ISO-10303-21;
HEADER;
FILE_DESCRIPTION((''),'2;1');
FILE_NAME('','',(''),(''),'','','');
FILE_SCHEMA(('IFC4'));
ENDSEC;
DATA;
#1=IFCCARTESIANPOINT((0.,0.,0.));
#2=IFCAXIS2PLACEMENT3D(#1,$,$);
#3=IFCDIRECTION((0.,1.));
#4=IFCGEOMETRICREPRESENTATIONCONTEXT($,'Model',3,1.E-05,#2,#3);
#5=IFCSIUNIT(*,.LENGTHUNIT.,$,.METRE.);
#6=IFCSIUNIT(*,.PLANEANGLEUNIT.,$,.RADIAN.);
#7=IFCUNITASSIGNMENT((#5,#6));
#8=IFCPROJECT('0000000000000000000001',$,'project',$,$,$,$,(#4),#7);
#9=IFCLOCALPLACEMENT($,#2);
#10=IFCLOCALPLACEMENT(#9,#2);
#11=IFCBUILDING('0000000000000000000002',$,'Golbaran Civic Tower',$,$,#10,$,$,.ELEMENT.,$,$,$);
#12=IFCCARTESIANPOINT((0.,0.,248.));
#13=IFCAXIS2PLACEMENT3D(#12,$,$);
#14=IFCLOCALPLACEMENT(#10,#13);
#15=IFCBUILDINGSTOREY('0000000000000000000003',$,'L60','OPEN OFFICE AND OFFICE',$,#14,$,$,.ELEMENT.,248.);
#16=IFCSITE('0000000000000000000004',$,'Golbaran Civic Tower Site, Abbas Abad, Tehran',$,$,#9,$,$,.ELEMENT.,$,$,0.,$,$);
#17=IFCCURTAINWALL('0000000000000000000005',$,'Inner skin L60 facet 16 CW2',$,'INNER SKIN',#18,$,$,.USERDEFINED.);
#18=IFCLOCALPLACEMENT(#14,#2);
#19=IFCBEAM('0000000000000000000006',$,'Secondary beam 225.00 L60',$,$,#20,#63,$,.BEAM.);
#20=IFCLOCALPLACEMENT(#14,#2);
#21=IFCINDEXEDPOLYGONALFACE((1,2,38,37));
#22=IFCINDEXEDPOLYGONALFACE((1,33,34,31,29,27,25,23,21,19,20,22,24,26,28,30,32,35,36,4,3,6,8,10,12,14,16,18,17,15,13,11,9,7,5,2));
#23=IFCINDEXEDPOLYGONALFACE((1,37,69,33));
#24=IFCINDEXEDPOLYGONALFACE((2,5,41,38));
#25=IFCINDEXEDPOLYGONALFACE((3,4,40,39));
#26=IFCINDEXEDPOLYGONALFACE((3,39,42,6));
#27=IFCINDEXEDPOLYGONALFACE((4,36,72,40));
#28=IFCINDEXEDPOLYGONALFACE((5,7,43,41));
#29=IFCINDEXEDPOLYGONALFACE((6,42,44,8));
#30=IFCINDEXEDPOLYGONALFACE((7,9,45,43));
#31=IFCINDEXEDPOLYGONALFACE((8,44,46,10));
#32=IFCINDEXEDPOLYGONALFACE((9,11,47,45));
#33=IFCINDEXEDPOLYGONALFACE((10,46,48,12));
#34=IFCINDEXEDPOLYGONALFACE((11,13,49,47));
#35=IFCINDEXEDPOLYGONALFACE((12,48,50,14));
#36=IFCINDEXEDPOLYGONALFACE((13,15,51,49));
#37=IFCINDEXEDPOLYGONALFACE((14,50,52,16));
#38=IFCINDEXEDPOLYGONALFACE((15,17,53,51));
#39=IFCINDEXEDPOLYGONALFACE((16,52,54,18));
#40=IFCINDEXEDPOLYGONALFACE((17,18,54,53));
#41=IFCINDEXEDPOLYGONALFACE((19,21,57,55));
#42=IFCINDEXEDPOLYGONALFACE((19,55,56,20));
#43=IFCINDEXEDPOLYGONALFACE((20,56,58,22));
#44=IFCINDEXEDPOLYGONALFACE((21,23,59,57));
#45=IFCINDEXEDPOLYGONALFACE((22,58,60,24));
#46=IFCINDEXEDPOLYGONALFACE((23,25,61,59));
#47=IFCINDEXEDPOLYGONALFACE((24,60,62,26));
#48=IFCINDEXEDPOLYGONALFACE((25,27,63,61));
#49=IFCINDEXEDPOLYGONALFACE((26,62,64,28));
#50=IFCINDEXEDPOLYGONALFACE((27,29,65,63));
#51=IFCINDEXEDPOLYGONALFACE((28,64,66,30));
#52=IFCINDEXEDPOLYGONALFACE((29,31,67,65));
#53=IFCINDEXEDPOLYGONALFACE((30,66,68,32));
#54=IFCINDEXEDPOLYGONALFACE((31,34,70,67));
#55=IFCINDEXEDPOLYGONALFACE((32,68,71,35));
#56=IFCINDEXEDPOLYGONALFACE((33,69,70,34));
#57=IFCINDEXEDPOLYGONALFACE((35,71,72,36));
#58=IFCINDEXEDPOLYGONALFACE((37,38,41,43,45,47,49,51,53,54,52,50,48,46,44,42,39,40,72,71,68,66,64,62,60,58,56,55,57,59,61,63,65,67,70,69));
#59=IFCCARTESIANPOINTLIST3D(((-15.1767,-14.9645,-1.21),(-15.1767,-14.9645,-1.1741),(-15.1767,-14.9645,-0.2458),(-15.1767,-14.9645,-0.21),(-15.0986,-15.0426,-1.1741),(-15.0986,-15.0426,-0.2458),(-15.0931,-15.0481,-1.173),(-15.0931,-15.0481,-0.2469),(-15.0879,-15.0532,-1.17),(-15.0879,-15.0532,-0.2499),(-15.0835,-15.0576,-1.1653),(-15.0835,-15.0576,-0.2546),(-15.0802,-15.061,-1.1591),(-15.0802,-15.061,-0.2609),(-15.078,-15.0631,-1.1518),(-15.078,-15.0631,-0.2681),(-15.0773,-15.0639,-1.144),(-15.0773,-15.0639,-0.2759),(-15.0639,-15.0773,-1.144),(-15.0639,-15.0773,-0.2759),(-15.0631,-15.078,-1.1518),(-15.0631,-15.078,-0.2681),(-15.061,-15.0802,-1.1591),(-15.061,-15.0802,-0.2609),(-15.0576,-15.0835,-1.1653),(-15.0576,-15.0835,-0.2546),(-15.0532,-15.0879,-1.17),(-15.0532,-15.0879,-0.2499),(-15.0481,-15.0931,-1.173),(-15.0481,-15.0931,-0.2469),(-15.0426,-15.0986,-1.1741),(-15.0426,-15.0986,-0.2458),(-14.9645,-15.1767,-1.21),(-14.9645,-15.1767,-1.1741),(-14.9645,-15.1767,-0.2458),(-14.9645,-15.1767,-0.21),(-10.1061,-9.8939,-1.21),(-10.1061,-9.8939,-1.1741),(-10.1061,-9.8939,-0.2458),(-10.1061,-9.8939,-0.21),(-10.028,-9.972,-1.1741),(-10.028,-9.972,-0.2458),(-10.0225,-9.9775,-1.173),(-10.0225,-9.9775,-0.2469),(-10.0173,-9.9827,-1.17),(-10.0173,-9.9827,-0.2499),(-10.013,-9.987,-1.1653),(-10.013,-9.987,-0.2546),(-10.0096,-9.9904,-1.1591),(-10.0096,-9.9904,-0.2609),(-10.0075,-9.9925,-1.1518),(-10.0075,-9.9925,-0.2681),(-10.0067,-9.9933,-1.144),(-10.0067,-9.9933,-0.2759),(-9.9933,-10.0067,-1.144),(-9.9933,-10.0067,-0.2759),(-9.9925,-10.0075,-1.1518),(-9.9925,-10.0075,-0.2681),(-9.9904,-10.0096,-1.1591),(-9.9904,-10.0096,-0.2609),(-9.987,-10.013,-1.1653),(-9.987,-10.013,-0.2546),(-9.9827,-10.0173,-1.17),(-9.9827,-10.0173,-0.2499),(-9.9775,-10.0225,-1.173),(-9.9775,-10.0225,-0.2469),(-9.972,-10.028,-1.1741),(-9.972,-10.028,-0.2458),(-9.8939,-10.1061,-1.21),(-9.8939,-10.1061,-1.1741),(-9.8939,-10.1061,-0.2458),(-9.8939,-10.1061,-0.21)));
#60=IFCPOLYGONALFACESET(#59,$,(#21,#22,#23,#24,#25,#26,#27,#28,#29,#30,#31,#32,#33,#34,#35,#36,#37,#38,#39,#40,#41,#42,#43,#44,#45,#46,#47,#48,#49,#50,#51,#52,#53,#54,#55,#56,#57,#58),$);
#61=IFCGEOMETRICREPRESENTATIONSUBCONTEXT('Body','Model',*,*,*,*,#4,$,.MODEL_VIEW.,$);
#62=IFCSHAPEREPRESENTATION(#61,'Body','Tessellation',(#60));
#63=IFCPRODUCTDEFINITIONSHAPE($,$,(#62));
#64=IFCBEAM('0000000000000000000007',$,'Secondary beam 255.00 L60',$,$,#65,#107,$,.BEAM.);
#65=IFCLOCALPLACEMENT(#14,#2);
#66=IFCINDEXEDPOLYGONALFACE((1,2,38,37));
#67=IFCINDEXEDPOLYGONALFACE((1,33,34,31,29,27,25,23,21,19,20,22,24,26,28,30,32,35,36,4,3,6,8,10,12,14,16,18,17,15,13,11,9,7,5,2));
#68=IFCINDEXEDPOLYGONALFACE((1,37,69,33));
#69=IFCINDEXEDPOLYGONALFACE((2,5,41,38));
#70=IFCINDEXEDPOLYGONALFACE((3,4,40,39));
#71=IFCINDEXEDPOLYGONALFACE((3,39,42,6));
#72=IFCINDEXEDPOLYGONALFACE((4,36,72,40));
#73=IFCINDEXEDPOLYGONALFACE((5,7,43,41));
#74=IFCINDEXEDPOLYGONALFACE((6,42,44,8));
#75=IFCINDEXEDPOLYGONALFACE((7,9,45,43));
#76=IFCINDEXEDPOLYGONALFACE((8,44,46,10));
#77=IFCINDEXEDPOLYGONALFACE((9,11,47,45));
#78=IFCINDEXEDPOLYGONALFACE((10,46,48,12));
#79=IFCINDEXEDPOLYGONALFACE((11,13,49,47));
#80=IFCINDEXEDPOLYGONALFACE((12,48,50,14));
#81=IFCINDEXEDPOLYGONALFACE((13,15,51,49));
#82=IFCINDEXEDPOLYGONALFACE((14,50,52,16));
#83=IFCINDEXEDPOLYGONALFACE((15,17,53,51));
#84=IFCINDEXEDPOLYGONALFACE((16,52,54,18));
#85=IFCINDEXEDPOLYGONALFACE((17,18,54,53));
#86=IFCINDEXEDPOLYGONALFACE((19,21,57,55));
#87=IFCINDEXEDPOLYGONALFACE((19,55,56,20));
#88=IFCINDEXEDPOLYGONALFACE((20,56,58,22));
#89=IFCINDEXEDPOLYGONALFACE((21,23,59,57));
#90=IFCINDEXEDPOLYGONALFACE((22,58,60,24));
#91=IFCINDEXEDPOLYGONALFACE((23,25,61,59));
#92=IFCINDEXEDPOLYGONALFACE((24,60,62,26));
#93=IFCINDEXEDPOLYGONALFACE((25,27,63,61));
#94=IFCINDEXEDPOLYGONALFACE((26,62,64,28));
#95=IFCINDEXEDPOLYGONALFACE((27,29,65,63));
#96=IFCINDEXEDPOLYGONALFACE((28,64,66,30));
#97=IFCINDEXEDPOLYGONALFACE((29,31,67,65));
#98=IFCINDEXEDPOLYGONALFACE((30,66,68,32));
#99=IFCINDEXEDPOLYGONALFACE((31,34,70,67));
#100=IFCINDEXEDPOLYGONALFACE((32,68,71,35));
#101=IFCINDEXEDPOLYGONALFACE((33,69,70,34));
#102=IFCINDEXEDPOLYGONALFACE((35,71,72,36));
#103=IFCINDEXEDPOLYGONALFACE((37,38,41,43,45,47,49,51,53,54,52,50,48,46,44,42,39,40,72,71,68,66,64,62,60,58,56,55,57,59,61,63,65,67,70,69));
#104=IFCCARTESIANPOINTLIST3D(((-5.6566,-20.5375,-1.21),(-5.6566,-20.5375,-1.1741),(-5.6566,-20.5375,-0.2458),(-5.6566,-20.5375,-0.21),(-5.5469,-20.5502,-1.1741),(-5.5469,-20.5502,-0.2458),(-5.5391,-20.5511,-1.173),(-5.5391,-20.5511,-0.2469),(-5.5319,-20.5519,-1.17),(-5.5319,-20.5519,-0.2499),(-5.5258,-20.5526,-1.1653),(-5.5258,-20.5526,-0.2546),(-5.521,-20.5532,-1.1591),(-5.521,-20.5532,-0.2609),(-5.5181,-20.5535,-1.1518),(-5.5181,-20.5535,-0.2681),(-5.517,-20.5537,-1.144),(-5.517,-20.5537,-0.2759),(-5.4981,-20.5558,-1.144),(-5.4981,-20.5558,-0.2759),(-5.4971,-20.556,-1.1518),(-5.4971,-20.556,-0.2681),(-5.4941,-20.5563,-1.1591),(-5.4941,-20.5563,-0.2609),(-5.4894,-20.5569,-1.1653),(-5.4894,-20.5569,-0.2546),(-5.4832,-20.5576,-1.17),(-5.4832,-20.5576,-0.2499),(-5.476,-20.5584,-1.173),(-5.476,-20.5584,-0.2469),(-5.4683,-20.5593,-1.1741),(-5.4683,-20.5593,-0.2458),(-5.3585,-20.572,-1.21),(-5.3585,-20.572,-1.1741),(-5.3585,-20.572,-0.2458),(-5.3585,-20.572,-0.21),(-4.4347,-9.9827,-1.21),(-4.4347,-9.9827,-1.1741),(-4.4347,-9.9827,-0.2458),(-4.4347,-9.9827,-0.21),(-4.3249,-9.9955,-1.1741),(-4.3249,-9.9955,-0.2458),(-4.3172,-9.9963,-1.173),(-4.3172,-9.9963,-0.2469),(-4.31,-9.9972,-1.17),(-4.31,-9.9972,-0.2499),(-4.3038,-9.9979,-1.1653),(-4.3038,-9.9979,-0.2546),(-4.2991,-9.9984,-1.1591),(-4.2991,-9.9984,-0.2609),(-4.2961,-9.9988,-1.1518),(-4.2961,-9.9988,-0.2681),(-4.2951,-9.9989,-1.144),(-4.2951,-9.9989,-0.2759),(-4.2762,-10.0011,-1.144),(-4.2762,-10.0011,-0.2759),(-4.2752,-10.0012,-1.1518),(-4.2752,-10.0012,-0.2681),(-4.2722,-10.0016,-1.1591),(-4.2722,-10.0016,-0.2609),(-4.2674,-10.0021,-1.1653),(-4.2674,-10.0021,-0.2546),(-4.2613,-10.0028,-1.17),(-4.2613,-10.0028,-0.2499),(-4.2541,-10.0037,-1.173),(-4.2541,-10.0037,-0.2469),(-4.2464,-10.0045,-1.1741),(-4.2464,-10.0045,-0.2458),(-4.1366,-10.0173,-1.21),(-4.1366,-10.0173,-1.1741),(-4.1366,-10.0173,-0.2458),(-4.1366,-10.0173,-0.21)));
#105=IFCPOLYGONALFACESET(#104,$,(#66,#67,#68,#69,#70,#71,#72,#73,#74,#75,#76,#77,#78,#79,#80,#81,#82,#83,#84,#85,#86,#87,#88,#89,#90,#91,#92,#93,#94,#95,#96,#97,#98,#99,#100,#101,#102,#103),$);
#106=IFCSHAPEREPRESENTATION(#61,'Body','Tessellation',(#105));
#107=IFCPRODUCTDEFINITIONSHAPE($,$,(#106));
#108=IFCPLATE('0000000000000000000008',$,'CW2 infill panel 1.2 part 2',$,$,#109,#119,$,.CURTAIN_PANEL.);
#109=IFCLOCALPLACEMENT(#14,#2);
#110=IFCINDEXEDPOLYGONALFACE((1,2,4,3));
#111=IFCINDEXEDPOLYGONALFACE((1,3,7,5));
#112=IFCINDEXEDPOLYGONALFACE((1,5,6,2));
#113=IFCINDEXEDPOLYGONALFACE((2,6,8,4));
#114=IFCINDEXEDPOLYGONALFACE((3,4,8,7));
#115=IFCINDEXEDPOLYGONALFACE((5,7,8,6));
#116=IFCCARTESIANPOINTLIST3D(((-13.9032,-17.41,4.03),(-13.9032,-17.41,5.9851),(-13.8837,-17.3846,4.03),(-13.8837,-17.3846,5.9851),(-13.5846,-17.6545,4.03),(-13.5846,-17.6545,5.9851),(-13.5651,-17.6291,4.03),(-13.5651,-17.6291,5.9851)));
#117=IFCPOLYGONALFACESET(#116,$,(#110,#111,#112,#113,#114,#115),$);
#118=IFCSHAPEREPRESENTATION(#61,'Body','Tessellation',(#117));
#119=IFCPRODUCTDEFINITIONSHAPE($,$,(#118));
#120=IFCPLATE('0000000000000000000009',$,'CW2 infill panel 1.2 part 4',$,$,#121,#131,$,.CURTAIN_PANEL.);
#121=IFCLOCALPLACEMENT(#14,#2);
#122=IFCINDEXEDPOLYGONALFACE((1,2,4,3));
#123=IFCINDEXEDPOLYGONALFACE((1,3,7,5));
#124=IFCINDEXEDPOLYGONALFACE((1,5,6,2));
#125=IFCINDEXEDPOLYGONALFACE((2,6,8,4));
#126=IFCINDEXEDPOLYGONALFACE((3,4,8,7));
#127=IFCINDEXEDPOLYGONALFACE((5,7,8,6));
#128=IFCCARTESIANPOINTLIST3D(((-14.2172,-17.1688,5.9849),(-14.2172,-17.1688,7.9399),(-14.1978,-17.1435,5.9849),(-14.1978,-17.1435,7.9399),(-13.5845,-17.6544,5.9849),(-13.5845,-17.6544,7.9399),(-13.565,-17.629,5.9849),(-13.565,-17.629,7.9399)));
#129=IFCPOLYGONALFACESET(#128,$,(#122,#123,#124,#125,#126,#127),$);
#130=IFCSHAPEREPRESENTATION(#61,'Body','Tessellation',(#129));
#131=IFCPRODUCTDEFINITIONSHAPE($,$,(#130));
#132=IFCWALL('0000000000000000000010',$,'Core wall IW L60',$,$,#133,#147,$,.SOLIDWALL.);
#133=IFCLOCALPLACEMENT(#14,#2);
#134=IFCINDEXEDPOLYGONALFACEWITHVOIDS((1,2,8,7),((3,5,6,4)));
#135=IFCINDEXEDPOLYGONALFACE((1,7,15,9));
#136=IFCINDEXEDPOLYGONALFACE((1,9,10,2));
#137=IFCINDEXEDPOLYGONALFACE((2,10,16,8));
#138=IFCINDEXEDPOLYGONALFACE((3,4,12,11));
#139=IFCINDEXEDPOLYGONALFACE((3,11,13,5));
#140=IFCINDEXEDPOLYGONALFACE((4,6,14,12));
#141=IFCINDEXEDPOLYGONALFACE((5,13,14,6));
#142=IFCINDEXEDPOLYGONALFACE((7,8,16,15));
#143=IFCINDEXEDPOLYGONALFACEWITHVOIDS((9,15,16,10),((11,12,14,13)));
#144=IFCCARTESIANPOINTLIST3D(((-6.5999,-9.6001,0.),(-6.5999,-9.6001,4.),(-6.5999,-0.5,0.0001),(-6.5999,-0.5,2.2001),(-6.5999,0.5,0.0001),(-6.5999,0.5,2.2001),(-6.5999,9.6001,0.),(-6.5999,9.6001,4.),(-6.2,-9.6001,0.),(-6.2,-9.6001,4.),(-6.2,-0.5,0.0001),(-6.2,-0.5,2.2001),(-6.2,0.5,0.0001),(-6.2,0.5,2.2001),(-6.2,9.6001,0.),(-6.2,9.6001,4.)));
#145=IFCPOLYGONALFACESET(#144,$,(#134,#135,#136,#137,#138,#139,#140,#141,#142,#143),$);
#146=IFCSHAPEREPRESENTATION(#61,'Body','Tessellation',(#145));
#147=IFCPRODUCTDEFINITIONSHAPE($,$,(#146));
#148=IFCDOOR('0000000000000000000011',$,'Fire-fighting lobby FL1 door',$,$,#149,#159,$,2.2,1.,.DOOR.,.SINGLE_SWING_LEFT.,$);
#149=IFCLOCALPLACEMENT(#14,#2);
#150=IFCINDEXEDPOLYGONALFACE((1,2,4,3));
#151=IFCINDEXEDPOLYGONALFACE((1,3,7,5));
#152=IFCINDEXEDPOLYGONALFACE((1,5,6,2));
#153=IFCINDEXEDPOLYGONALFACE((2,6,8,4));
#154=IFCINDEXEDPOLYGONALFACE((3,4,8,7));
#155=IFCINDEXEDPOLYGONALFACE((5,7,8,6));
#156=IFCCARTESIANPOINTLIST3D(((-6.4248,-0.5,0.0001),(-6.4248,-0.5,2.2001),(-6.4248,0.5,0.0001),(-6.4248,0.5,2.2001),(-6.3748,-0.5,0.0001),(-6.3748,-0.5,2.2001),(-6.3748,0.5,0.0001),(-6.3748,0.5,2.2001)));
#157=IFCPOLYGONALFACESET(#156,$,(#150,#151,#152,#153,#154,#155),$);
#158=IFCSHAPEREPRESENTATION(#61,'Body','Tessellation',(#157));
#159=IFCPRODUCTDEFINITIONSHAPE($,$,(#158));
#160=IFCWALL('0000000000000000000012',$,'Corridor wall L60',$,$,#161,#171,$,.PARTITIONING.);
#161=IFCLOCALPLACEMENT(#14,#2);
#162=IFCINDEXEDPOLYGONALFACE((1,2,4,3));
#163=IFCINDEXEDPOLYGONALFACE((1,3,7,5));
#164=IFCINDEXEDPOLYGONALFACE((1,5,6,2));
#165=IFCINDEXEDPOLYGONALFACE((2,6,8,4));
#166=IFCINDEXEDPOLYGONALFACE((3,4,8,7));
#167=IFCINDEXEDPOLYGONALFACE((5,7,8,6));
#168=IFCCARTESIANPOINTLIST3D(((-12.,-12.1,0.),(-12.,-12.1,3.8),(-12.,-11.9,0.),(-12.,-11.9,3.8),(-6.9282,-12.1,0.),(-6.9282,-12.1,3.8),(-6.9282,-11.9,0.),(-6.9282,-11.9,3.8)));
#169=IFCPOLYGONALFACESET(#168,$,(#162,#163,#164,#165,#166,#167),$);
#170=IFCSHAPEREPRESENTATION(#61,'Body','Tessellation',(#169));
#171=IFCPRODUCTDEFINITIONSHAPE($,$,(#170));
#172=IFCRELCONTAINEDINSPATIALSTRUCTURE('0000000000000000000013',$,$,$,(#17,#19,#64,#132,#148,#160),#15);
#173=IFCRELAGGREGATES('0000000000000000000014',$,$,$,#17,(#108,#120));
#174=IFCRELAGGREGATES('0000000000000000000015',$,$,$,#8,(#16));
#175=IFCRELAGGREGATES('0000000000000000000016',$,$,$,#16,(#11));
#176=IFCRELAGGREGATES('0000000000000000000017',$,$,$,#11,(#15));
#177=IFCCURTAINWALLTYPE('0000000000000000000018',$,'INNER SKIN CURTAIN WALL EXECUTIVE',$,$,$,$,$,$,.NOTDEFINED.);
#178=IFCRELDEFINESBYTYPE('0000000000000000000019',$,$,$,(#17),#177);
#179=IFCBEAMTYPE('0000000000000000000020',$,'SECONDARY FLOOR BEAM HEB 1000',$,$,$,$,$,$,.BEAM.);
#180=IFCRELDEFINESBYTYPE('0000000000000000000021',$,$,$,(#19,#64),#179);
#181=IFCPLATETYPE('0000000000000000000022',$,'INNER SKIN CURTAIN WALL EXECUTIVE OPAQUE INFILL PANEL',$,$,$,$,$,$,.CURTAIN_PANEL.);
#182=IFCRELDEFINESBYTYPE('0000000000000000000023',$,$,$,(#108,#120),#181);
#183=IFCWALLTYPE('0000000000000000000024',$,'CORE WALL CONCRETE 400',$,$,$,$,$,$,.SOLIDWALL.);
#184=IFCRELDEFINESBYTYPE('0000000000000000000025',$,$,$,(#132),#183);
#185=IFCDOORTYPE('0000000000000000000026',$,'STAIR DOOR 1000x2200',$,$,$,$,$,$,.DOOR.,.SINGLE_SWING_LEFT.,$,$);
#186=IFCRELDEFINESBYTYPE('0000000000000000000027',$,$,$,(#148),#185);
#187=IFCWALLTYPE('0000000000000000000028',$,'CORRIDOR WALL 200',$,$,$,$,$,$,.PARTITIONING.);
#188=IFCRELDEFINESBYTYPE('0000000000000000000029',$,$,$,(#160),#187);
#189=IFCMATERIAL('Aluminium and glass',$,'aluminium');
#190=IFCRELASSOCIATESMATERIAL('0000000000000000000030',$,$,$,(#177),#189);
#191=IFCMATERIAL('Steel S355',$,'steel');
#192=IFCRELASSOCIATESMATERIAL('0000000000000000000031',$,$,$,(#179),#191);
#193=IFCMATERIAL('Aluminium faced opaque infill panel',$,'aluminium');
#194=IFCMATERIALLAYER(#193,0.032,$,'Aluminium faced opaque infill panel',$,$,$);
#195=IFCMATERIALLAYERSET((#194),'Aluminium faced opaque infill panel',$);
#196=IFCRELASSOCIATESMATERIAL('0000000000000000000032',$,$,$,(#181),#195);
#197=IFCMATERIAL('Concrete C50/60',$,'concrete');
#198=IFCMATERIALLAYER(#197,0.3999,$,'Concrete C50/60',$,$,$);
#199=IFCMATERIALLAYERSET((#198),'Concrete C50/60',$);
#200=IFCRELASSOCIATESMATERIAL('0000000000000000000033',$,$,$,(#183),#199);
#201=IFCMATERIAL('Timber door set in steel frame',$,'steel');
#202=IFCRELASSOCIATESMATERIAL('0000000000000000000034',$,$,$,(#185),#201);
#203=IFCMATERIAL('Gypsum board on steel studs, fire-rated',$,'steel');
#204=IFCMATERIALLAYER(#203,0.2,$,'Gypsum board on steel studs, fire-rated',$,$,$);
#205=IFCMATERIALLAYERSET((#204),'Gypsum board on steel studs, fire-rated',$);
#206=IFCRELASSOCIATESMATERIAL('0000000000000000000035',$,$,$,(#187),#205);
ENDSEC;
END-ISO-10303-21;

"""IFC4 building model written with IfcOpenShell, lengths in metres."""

from ifc_helpers import new_model, si_unit, direction, frame, frame_2d, origin, origin_2d, place, context, subcontext, project, spatial, rectangle, i_section, extrude, material, layer, layer_set, material_profile, profile_set, type_object, element, fill, aggregate, save


model = new_model("IFC4")

# Units and contexts
model_context = context("Model", 3, precision=1e-05, world=origin(), true_north=direction((0.0, 1.0)))
body_context = subcontext(model_context, "Body", "Model", "MODEL_VIEW")
ifc_project = project(units=[si_unit("LENGTHUNIT", "METRE"), si_unit("PLANEANGLEUNIT", "RADIAN")], contexts=[model_context])

# Site, building, storey
site_placement = place(None, origin())
site = spatial("IfcSite", under=ifc_project, at=site_placement, Name="Golbaran Civic Tower Site, Abbas Abad, Tehran", CompositionType="ELEMENT", RefElevation=0.0)
building_placement = place(site_placement, origin())
building = spatial("IfcBuilding", under=site, at=building_placement, Name="Golbaran Civic Tower", CompositionType="ELEMENT")
storey_placement = place(building_placement, frame((0.0, 0.0, 248.0)))
storey = spatial("IfcBuildingStorey", under=building, at=storey_placement, Name="L60", Description="OPEN OFFICE AND OFFICE", CompositionType="ELEMENT", Elevation=248.0)

# Shared definitions
ifc_material_1 = material(Name="Steel S355", Category="steel")

# Curtain wall
ifc_material_2 = material(Name="Aluminium and glass", Category="aluminium")
curtain_wall_type = type_object("IfcCurtainWallType", Name="INNER SKIN CURTAIN WALL EXECUTIVE", PredefinedType="NOTDEFINED", material=ifc_material_2)
curtain_wall_placement = place(storey_placement, origin())
curtain_wall = element("IfcCurtainWall", 1, at=curtain_wall_placement, inside=storey, type_object=curtain_wall_type, Name="Inner skin L60 facet 16 CW2", ObjectType="INNER SKIN", PredefinedType="USERDEFINED")

# Beams
ifc_material_profile_1 = material_profile(ifc_material_1, i_section(OverallWidth=0.3, OverallDepth=1.0, WebThickness=0.019, FlangeThickness=0.0359, FilletRadius=0.03, at=origin_2d()), Name="HEB 1000")
ifc_profile_set_1 = profile_set([ifc_material_profile_1], Name="Steel S355")
beam_type_1 = type_object("IfcBeamType", Name="SECONDARY FLOOR BEAM HEB 1000", PredefinedType="BEAM", material=ifc_profile_set_1)
beam_1_placement = place(storey_placement, frame((-10.0, -10.0, -0.71), z_axis=(-0.707107, -0.707107, 0.0), x_axis=(0.707107, -0.707107, 0.0)))
element("IfcBeam", 2, at=beam_1_placement, inside=storey, type_object=beam_type_1, Name="Secondary beam 225.00 L60", PredefinedType="BEAM", context=body_context, shape_type="SweptSolid", body=[
    extrude(i_section(OverallWidth=0.3, OverallDepth=1.0, WebThickness=0.019, FlangeThickness=0.0359, FilletRadius=0.03, at=origin_2d()), origin(), (0.0, 0.0, 1.0), 7.1709),
])
beam_2_placement = place(storey_placement, frame((-4.2856, -10.0, -0.71), z_axis=(-0.115003, -0.993365, 0.0), x_axis=(0.993365, -0.115003, 0.0)))
element("IfcBeam", 3, at=beam_2_placement, inside=storey, type_object=beam_type_1, Name="Secondary beam 255.00 L60", PredefinedType="BEAM", context=body_context, shape_type="SweptSolid", body=[
    extrude(i_section(OverallWidth=0.3, OverallDepth=1.0, WebThickness=0.019, FlangeThickness=0.0359, FilletRadius=0.03, at=origin_2d()), origin(), (0.0, 0.0, 1.0), 10.6252),
])

# Plates
ifc_material_3 = material(Name="Aluminium faced opaque infill panel", Category="aluminium")
ifc_layer_1 = layer(ifc_material_3, 0.032, Name="Aluminium faced opaque infill panel")
ifc_layer_set_1 = layer_set([ifc_layer_1], Name="Aluminium faced opaque infill panel")
plate_type = type_object("IfcPlateType", Name="INNER SKIN CURTAIN WALL EXECUTIVE OPAQUE INFILL PANEL", PredefinedType="CURTAIN_PANEL", material=ifc_layer_set_1)
plate_1_placement = place(storey_placement, frame((-13.7341, -17.5195, 4.03), z_axis=(0.0, 0.0, 1.0), x_axis=(0.793353, -0.608761, 0.0)))
plate_1 = element("IfcPlate", 4, at=plate_1_placement, type_object=plate_type, Name="CW2 infill panel 1.2 part 2", PredefinedType="CURTAIN_PANEL", context=body_context, shape_type="SweptSolid", body=[
    extrude(rectangle(XDim=0.4016, YDim=0.032, at=origin_2d()), origin(), (0.0, 0.0, 1.0), 1.9551),
])
plate_2_placement = place(storey_placement, frame((-13.8911, -17.3989, 5.9849), z_axis=(0.0, 0.0, 1.0), x_axis=(0.793353, -0.608761, 0.0)))
plate_2 = element("IfcPlate", 5, at=plate_2_placement, type_object=plate_type, Name="CW2 infill panel 1.2 part 4", PredefinedType="CURTAIN_PANEL", context=body_context, shape_type="SweptSolid", body=[
    extrude(rectangle(XDim=0.7976, YDim=0.032, at=origin_2d()), origin(), (0.0, 0.0, 1.0), 1.9551),
])
aggregate(curtain_wall, [plate_1, plate_2])

# Wall, opening, door
ifc_material_4 = material(Name="Concrete C50/60", Category="concrete")
ifc_layer_2 = layer(ifc_material_4, 0.3999, Name="Concrete C50/60")
ifc_layer_set_2 = layer_set([ifc_layer_2], Name="Concrete C50/60")
wall_type_1 = type_object("IfcWallType", Name="CORE WALL CONCRETE 400", PredefinedType="SOLIDWALL", material=ifc_layer_set_2)
wall_1_placement = place(storey_placement, frame((-6.3999, -9.6001, 0.0), z_axis=(0.0, 0.0, 1.0), x_axis=(0.0, 1.0, 0.0)))
wall_1 = element("IfcWall", 6, at=wall_1_placement, inside=storey, type_object=wall_type_1, Name="Core wall IW L60", PredefinedType="SOLIDWALL", context=body_context, shape_type="SweptSolid", body=[
    extrude(rectangle(XDim=19.2002, YDim=0.3999, at=frame_2d((9.6001, 0.0))), origin(), (0.0, 0.0, 1.0), 4.0),
])
opening_1_placement = place(wall_1_placement, frame((9.1001, 0.0, 0.0)))
opening_1 = element("IfcOpeningElement", 7, at=opening_1_placement, cuts=wall_1, PredefinedType="OPENING", context=body_context, shape_type="SweptSolid", body=[
    extrude(rectangle(XDim=1.0, YDim=2.2, at=frame_2d((0.5, 1.1001))), frame((0.0, 0.21, 0.0), z_axis=(0.0, -1.0, 0.0), x_axis=(1.0, 0.0, 0.0)), (0.0, 0.0, 1.0), 0.4199),
])
ifc_material_5 = material(Name="Timber door set in steel frame", Category="steel")
door_type_1 = type_object("IfcDoorType", Name="STAIR DOOR 1000x2200", OperationType="SINGLE_SWING_LEFT", PredefinedType="DOOR", material=ifc_material_5)
door_1_placement = place(opening_1_placement, origin())
door_1 = element("IfcDoor", 8, at=door_1_placement, inside=storey, type_object=door_type_1, Name="Fire-fighting lobby FL1 door", OperationType="SINGLE_SWING_LEFT", OverallHeight=2.2, OverallWidth=1.0, PredefinedType="DOOR", context=body_context, shape_type="SweptSolid", body=[
    extrude(rectangle(XDim=1.0, YDim=2.2, at=frame_2d((0.5, 1.1001))), frame((0.0, 0.0249, 0.0), z_axis=(0.0, -1.0, 0.0), x_axis=(1.0, 0.0, 0.0)), (0.0, 0.0, 1.0), 0.05),
])
fill(opening_1, door_1)

# Wall
ifc_material_6 = material(Name="Gypsum board on steel studs, fire-rated", Category="steel")
ifc_layer_3 = layer(ifc_material_6, 0.2, Name="Gypsum board on steel studs, fire-rated")
ifc_layer_set_3 = layer_set([ifc_layer_3], Name="Gypsum board on steel studs, fire-rated")
wall_type_2 = type_object("IfcWallType", Name="CORRIDOR WALL 200", PredefinedType="PARTITIONING", material=ifc_layer_set_3)
wall_2_placement = place(storey_placement, frame((-12.0, -12.0, 0.0), z_axis=(0.0, 0.0, 1.0), x_axis=(1.0, 0.0, 0.0)))
element("IfcWall", 9, at=wall_2_placement, inside=storey, type_object=wall_type_2, Name="Corridor wall L60", PredefinedType="PARTITIONING", context=body_context, shape_type="SweptSolid", body=[
    extrude(rectangle(XDim=5.0718, YDim=0.2, at=frame_2d((2.5359, 0.0))), origin(), (0.0, 0.0, 1.0), 3.8),
])

save(model, "model.ifc")
